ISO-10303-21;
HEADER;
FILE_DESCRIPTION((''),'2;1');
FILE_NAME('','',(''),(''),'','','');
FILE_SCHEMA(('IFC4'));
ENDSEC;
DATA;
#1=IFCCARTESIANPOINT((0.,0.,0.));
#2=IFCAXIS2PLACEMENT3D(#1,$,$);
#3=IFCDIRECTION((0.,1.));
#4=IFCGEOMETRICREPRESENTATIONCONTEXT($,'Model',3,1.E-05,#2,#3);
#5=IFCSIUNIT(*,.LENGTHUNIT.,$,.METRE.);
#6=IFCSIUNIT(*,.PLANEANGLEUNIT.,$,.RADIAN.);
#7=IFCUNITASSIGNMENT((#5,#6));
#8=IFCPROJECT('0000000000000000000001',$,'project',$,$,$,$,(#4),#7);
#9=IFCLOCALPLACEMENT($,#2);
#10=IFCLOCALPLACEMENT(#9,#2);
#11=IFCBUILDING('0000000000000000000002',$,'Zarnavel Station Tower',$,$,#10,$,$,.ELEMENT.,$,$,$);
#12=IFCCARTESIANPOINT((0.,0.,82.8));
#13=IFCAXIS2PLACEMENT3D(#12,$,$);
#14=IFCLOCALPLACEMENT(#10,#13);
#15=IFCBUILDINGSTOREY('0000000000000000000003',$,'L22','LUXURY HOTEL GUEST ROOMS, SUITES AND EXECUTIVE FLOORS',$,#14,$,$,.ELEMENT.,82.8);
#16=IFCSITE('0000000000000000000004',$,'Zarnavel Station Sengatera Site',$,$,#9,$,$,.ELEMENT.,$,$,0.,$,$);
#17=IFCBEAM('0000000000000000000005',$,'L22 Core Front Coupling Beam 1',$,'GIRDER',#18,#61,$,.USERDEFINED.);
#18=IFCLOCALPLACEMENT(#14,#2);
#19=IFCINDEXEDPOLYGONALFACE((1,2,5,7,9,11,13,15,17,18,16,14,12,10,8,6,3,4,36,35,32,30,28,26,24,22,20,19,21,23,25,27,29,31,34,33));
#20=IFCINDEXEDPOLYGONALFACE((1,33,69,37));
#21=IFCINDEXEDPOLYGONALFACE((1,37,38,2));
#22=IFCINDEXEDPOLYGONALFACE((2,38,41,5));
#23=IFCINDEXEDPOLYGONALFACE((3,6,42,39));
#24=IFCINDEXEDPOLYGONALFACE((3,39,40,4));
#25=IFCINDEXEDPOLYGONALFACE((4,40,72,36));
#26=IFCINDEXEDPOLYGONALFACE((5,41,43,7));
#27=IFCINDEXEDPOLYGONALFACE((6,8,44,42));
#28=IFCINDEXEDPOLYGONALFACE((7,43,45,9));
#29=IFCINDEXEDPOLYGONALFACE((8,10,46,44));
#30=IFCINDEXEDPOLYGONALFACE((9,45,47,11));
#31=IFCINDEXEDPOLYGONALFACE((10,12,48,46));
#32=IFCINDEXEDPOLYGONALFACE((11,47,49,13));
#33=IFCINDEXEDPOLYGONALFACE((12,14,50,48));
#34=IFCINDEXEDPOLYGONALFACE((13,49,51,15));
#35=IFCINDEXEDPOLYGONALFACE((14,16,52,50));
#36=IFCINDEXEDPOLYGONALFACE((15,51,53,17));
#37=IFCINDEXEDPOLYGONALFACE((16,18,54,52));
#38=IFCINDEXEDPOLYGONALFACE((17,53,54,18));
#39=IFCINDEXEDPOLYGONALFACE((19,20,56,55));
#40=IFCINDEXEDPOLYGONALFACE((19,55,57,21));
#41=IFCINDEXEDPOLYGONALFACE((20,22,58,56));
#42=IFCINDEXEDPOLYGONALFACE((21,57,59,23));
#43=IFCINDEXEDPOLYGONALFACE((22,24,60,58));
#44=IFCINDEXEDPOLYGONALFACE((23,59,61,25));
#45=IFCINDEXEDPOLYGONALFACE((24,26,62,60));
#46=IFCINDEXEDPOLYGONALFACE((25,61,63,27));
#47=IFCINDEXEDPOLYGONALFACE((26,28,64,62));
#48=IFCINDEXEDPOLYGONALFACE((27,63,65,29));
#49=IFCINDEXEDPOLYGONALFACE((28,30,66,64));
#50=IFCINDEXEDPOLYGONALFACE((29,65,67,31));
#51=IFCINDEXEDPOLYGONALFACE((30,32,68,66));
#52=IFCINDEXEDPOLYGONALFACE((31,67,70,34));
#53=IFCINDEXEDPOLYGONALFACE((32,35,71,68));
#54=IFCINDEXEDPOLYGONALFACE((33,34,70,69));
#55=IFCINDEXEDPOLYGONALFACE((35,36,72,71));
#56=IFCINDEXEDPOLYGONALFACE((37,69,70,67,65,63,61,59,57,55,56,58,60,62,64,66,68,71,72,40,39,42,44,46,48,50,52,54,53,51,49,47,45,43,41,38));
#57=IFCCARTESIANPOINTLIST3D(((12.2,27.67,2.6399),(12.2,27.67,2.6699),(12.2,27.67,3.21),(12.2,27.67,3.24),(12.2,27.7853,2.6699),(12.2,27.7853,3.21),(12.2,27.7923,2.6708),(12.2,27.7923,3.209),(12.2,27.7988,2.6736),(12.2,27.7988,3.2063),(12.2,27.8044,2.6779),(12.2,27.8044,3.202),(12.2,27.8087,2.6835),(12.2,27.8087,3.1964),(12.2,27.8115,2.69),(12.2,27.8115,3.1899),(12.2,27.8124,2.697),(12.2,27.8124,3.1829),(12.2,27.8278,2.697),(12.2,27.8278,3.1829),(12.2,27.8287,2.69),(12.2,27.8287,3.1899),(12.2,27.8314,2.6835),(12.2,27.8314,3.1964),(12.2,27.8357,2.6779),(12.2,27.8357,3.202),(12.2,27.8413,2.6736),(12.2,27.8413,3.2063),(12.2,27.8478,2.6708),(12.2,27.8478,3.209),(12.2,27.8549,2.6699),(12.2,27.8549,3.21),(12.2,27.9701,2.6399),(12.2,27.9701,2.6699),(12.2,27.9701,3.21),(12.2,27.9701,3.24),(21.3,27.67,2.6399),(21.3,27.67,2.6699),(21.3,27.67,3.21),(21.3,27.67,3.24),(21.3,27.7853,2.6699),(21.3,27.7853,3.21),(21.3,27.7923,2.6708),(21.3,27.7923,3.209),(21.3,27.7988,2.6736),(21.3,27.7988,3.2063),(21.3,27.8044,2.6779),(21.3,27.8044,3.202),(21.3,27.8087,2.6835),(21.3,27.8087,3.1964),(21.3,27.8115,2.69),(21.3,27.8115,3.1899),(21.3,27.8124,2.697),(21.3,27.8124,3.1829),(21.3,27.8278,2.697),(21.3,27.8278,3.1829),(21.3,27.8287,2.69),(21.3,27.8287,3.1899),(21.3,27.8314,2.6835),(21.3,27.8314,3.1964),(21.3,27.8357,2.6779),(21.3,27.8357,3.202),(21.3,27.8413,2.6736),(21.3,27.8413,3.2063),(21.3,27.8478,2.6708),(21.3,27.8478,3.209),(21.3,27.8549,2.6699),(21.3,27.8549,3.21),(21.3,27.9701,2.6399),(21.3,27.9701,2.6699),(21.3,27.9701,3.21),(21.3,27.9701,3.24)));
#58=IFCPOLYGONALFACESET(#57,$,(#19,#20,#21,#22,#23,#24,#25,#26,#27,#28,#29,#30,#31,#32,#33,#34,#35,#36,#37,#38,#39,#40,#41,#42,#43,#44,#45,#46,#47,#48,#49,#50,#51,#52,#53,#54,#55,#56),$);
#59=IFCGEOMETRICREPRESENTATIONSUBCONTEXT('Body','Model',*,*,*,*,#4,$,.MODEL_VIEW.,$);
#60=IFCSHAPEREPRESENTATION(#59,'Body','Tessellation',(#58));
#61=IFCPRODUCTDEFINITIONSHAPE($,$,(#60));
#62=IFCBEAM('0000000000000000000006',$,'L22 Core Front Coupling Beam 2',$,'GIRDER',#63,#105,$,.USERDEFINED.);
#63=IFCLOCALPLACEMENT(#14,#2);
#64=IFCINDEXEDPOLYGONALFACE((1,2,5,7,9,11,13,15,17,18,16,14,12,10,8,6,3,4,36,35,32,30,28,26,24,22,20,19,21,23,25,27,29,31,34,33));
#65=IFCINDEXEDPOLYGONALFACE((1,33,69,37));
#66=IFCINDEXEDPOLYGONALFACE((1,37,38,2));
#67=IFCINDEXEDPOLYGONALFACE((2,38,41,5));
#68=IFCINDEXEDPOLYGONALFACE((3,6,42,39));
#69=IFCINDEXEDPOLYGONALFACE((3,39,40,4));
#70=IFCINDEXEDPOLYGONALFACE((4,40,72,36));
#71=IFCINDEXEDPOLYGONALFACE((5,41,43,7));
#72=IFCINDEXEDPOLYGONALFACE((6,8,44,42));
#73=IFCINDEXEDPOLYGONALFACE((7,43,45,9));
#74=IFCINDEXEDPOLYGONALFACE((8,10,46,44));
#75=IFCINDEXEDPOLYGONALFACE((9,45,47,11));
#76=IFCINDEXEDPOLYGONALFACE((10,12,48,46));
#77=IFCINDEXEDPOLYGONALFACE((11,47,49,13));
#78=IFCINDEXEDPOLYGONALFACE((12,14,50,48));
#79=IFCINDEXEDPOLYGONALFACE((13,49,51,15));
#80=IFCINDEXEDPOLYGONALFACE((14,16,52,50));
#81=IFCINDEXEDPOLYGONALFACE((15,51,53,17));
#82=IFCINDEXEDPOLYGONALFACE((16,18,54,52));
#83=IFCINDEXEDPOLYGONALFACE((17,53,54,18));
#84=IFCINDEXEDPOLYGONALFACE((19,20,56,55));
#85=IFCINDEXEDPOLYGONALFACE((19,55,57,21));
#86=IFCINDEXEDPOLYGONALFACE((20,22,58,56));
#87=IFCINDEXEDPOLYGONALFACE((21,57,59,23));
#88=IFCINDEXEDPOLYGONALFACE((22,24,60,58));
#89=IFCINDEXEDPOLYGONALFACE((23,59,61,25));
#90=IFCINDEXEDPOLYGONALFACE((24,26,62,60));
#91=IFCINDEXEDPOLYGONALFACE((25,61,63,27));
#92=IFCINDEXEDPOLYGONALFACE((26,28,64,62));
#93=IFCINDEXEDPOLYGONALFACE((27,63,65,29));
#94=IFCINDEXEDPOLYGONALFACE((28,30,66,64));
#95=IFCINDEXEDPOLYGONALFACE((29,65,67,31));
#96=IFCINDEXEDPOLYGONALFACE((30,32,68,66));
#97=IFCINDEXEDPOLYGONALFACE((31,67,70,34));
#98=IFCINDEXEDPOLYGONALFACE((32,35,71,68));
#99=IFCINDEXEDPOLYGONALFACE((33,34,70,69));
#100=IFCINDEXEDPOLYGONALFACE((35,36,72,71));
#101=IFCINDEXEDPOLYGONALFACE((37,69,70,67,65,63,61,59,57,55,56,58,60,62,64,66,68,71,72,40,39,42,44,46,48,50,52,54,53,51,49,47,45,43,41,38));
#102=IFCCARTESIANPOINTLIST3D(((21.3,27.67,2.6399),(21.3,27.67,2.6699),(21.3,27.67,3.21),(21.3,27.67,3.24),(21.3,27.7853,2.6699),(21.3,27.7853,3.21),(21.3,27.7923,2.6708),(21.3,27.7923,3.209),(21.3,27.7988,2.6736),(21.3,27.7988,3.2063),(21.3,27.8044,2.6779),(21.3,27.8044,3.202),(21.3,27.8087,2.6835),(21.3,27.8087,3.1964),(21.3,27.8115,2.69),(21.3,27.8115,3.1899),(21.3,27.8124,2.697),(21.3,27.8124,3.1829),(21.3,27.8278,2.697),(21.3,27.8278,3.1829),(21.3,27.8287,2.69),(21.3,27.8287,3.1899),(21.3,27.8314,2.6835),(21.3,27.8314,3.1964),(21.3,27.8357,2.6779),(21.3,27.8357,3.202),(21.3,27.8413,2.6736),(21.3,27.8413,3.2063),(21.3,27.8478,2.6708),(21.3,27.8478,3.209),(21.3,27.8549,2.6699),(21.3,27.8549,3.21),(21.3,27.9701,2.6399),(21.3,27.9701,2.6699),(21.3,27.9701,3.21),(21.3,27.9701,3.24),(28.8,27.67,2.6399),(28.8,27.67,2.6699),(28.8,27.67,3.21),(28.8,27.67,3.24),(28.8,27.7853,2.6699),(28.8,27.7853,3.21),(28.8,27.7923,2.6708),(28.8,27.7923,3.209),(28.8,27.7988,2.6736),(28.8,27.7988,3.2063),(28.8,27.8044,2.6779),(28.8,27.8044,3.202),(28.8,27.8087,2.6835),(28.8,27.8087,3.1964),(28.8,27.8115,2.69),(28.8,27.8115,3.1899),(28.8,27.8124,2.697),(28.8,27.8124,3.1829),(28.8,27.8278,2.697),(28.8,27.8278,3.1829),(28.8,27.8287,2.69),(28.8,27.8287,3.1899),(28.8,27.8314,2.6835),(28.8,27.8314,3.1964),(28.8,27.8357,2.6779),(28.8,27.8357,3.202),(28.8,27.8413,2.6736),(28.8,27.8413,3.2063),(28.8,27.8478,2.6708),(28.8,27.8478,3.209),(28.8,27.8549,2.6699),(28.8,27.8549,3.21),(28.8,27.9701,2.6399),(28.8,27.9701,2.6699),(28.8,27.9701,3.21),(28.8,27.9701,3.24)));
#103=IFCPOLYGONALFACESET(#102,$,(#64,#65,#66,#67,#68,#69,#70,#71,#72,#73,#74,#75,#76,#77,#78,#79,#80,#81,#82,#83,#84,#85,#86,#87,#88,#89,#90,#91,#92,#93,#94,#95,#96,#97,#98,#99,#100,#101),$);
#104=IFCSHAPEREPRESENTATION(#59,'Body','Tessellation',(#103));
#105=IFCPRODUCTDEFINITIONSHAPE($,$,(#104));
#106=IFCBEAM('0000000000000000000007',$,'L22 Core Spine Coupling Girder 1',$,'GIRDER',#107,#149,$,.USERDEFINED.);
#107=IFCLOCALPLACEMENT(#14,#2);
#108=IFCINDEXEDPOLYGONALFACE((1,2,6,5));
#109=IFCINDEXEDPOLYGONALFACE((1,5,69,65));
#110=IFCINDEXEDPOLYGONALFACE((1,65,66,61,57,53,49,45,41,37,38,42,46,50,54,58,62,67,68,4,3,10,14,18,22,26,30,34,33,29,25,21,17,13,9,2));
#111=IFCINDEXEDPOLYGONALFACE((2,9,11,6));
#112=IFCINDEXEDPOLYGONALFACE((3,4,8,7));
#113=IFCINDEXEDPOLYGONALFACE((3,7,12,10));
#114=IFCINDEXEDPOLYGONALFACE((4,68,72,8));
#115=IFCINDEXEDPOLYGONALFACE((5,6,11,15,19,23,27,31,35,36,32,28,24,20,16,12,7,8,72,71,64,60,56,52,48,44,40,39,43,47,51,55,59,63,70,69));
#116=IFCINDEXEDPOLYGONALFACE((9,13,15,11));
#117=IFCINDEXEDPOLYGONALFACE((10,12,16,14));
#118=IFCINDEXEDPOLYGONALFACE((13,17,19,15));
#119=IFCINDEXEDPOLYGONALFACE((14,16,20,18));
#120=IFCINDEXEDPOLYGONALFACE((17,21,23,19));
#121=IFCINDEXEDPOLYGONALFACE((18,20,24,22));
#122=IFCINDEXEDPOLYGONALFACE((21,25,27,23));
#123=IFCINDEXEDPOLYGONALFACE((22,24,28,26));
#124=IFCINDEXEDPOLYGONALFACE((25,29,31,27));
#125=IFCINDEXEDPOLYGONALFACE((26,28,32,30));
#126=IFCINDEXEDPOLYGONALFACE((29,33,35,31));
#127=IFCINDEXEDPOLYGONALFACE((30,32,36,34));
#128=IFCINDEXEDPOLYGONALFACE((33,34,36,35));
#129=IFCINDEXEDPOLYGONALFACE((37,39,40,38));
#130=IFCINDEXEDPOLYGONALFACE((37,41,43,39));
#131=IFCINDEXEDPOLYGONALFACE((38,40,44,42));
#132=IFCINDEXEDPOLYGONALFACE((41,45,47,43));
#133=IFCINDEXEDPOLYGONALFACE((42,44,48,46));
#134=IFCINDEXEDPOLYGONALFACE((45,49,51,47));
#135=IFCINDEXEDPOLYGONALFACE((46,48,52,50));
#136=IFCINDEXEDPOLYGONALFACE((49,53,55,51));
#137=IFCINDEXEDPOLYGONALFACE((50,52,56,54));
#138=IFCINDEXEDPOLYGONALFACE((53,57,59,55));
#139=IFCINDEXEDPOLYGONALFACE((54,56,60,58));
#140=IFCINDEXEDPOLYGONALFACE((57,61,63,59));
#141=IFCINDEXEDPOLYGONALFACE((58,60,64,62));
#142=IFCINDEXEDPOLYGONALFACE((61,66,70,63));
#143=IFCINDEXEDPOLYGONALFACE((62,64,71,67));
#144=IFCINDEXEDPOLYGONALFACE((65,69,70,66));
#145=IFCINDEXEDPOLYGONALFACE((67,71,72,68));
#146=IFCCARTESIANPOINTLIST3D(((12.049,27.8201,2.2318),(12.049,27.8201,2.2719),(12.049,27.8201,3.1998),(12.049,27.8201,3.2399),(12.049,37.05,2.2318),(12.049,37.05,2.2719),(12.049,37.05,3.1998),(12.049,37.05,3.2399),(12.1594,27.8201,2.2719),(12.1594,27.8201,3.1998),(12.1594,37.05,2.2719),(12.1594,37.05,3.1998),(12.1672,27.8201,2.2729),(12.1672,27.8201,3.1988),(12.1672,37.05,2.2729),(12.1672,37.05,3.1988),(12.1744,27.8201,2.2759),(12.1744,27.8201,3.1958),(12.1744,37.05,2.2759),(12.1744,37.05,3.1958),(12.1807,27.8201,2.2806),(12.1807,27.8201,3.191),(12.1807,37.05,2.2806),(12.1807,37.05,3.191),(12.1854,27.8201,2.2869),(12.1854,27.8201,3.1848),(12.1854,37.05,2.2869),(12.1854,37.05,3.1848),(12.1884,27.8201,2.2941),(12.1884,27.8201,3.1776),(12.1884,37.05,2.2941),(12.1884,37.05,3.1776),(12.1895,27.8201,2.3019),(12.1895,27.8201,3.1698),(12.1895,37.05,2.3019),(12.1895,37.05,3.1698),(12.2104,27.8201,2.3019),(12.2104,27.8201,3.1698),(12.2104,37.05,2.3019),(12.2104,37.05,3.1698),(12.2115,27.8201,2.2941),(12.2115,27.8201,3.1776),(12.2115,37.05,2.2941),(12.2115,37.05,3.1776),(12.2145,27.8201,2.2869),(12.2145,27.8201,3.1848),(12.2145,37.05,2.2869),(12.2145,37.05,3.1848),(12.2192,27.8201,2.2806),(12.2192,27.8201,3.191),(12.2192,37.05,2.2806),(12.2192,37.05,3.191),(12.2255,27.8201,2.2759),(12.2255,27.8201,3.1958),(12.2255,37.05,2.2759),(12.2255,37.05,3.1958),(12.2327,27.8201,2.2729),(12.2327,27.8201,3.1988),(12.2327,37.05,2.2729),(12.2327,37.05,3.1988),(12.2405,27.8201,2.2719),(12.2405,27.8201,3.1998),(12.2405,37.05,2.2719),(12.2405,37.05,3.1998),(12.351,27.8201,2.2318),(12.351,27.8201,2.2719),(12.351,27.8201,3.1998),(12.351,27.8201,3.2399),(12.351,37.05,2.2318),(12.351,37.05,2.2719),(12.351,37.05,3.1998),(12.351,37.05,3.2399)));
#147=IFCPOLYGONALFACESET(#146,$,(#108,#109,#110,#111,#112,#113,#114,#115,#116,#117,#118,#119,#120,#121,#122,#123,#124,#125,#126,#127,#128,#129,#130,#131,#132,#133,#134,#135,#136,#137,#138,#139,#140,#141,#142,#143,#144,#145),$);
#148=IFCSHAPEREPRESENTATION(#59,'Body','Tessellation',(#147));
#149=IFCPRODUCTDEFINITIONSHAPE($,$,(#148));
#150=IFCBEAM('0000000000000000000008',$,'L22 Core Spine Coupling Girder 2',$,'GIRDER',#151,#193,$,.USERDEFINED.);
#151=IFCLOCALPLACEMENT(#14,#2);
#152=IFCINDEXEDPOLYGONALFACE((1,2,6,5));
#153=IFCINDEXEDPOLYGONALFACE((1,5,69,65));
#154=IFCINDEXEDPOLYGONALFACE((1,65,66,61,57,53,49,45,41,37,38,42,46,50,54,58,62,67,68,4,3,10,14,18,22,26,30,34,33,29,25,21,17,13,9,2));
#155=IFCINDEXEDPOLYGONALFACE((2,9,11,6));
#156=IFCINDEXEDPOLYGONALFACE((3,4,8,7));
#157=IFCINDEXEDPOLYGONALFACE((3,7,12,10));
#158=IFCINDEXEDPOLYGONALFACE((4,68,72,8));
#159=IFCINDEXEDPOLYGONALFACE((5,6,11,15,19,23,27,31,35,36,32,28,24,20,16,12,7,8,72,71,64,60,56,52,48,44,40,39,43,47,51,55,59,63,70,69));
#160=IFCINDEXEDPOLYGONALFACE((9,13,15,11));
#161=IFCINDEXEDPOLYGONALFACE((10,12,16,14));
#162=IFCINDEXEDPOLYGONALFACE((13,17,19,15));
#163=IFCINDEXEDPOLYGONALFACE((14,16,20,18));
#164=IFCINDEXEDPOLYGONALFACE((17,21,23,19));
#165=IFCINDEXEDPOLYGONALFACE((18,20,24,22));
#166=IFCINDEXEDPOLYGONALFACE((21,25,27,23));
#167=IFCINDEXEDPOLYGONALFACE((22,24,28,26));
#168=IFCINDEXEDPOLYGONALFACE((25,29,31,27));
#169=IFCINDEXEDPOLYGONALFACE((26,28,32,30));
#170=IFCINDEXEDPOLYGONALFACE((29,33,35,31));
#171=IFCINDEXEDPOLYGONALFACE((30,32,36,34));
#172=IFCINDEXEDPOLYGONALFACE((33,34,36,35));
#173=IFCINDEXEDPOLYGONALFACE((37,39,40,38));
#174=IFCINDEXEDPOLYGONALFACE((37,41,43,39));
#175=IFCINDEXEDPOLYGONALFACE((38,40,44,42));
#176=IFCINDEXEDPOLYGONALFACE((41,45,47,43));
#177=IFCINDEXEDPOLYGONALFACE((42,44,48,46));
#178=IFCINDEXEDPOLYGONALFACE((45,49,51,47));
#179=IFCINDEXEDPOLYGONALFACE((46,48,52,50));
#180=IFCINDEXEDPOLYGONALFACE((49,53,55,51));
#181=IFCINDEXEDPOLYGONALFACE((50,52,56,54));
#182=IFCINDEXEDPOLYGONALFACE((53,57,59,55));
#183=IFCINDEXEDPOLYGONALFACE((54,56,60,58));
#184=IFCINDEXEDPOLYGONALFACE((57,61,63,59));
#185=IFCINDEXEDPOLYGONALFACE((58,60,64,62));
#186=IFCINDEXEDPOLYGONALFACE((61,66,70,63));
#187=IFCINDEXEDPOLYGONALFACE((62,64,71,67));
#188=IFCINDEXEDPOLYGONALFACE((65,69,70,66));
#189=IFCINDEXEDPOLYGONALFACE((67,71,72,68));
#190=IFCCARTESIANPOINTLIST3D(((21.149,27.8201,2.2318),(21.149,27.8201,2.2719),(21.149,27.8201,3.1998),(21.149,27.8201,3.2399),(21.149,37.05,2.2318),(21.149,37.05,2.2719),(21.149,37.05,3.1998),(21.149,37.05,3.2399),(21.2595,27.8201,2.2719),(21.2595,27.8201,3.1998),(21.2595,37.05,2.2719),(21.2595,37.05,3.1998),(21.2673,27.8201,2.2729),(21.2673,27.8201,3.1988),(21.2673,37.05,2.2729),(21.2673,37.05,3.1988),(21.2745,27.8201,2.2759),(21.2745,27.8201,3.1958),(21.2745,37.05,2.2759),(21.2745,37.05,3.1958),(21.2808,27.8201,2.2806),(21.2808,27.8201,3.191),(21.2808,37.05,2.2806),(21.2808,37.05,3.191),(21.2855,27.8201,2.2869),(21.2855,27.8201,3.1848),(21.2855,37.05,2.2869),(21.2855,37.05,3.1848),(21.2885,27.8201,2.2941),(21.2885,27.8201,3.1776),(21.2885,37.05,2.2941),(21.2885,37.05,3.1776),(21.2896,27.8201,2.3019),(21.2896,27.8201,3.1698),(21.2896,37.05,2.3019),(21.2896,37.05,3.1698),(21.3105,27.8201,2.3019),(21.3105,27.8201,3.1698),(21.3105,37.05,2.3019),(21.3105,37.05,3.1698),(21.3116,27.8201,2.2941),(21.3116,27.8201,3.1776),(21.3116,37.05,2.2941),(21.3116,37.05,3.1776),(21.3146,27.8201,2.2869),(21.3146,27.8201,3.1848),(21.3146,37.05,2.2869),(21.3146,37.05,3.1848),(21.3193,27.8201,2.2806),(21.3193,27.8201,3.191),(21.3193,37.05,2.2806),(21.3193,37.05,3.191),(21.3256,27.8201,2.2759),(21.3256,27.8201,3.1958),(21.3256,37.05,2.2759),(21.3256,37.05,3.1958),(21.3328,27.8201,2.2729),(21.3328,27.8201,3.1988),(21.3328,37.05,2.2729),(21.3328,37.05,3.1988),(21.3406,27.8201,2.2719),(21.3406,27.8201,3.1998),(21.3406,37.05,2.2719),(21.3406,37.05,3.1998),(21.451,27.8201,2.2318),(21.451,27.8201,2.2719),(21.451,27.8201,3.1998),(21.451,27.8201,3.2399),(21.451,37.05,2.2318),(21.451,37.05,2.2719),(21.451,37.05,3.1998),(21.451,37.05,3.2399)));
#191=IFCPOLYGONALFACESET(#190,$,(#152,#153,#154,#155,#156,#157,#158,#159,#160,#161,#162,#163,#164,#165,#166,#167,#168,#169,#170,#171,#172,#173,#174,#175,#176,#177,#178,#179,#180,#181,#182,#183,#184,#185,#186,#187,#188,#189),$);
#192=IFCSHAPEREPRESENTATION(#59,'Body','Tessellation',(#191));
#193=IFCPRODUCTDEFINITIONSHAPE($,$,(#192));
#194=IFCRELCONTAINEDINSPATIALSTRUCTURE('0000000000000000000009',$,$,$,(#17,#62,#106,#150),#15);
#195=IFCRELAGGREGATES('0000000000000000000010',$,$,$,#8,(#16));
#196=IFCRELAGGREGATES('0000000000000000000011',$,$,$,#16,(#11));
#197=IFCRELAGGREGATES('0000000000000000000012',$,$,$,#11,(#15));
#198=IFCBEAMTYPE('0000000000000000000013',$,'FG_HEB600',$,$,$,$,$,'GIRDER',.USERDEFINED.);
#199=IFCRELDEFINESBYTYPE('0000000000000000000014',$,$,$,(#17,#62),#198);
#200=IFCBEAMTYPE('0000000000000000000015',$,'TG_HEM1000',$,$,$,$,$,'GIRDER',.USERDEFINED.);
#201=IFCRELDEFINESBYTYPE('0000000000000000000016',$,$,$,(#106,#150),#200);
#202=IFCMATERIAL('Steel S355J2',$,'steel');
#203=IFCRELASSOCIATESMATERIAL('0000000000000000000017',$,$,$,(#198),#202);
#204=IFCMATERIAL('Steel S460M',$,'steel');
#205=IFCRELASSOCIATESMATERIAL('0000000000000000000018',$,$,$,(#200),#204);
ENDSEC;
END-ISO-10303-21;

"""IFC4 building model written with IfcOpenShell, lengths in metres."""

from ifc_helpers import new_model, si_unit, direction, frame, origin, origin_2d, place, context, subcontext, project, spatial, i_section, extrude, material, material_profile, profile_set, type_object, element, save


model = new_model("IFC4")

# Units and contexts
model_context = context("Model", 3, precision=1e-05, world=origin(), true_north=direction((0.0, 1.0)))
body_context = subcontext(model_context, "Body", "Model", "MODEL_VIEW")
ifc_project = project(units=[si_unit("LENGTHUNIT", "METRE"), si_unit("PLANEANGLEUNIT", "RADIAN")], contexts=[model_context])

# Site, building, storey
site_placement = place(None, origin())
site = spatial("IfcSite", under=ifc_project, at=site_placement, Name="Zarnavel Station Sengatera Site", CompositionType="ELEMENT", RefElevation=0.0)
building_placement = place(site_placement, origin())
building = spatial("IfcBuilding", under=site, at=building_placement, Name="Zarnavel Station Tower", CompositionType="ELEMENT")
storey_placement = place(building_placement, frame((0.0, 0.0, 82.8)))
storey = spatial("IfcBuildingStorey", under=building, at=storey_placement, Name="L22", Description="LUXURY HOTEL GUEST ROOMS, SUITES AND EXECUTIVE FLOORS", CompositionType="ELEMENT", Elevation=82.8)

# Beams
ifc_material_1 = material(Name="Steel S355J2", Category="steel")
ifc_material_profile_1 = material_profile(ifc_material_1, i_section(OverallWidth=0.3, OverallDepth=0.6001, WebThickness=0.0154, FlangeThickness=0.03, FilletRadius=0.0271, at=origin_2d()), Name="HEB600")
ifc_profile_set_1 = profile_set([ifc_material_profile_1], Name="Steel S355J2")
beam_type_1 = type_object("IfcBeamType", Name="FG_HEB600", ElementType="GIRDER", PredefinedType="USERDEFINED", material=ifc_profile_set_1)
beam_1_placement = place(storey_placement, frame((12.2, 27.8201, 2.9399), z_axis=(1.0, 0.0, 0.0), x_axis=(0.0, 1.0, 0.0)))
element("IfcBeam", 1, at=beam_1_placement, inside=storey, type_object=beam_type_1, Name="L22 Core Front Coupling Beam 1", ObjectType="GIRDER", PredefinedType="USERDEFINED", context=body_context, shape_type="SweptSolid", body=[
    extrude(i_section(OverallWidth=0.3, OverallDepth=0.6001, WebThickness=0.0154, FlangeThickness=0.03, FilletRadius=0.0271, at=origin_2d()), origin(), (0.0, 0.0, 1.0), 9.1001),
])
beam_2_placement = place(storey_placement, frame((21.3, 27.8201, 2.9399), z_axis=(1.0, 0.0, 0.0), x_axis=(0.0, 1.0, 0.0)))
element("IfcBeam", 2, at=beam_2_placement, inside=storey, type_object=beam_type_1, Name="L22 Core Front Coupling Beam 2", ObjectType="GIRDER", PredefinedType="USERDEFINED", context=body_context, shape_type="SweptSolid", body=[
    extrude(i_section(OverallWidth=0.3, OverallDepth=0.6001, WebThickness=0.0154, FlangeThickness=0.03, FilletRadius=0.0271, at=origin_2d()), origin(), (0.0, 0.0, 1.0), 7.5),
])
ifc_material_2 = material(Name="Steel S460M", Category="steel")
ifc_material_profile_2 = material_profile(ifc_material_2, i_section(OverallWidth=0.302, OverallDepth=1.0081, WebThickness=0.021, FlangeThickness=0.04, FilletRadius=0.03, at=origin_2d()), Name="HEM1000")
ifc_profile_set_2 = profile_set([ifc_material_profile_2], Name="Steel S460M")
beam_type_2 = type_object("IfcBeamType", Name="TG_HEM1000", ElementType="GIRDER", PredefinedType="USERDEFINED", material=ifc_profile_set_2)
for number, where, z_axis, x_axis, name in (
    (3, (12.2, 27.8201, 2.7358), (0.0, 1.0, 0.0), (-1.0, 0.0, 0.0), "L22 Core Spine Coupling Girder 1"),
    (4, (21.3, 27.8201, 2.7358), (0.0, 1.0, 0.0), (-1.0, 0.0, 0.0), "L22 Core Spine Coupling Girder 2"),
):
    element("IfcBeam", number, at=place(storey_placement, frame(where, z_axis=z_axis, x_axis=x_axis)), inside=storey, type_object=beam_type_2, Name=name, ObjectType="GIRDER", PredefinedType="USERDEFINED", context=body_context, shape_type="SweptSolid", body=[
        extrude(i_section(OverallWidth=0.302, OverallDepth=1.0081, WebThickness=0.021, FlangeThickness=0.04, FilletRadius=0.03, at=origin_2d()), origin(), (0.0, 0.0, 1.0), 9.23),
    ])

save(model, "model.ifc")
